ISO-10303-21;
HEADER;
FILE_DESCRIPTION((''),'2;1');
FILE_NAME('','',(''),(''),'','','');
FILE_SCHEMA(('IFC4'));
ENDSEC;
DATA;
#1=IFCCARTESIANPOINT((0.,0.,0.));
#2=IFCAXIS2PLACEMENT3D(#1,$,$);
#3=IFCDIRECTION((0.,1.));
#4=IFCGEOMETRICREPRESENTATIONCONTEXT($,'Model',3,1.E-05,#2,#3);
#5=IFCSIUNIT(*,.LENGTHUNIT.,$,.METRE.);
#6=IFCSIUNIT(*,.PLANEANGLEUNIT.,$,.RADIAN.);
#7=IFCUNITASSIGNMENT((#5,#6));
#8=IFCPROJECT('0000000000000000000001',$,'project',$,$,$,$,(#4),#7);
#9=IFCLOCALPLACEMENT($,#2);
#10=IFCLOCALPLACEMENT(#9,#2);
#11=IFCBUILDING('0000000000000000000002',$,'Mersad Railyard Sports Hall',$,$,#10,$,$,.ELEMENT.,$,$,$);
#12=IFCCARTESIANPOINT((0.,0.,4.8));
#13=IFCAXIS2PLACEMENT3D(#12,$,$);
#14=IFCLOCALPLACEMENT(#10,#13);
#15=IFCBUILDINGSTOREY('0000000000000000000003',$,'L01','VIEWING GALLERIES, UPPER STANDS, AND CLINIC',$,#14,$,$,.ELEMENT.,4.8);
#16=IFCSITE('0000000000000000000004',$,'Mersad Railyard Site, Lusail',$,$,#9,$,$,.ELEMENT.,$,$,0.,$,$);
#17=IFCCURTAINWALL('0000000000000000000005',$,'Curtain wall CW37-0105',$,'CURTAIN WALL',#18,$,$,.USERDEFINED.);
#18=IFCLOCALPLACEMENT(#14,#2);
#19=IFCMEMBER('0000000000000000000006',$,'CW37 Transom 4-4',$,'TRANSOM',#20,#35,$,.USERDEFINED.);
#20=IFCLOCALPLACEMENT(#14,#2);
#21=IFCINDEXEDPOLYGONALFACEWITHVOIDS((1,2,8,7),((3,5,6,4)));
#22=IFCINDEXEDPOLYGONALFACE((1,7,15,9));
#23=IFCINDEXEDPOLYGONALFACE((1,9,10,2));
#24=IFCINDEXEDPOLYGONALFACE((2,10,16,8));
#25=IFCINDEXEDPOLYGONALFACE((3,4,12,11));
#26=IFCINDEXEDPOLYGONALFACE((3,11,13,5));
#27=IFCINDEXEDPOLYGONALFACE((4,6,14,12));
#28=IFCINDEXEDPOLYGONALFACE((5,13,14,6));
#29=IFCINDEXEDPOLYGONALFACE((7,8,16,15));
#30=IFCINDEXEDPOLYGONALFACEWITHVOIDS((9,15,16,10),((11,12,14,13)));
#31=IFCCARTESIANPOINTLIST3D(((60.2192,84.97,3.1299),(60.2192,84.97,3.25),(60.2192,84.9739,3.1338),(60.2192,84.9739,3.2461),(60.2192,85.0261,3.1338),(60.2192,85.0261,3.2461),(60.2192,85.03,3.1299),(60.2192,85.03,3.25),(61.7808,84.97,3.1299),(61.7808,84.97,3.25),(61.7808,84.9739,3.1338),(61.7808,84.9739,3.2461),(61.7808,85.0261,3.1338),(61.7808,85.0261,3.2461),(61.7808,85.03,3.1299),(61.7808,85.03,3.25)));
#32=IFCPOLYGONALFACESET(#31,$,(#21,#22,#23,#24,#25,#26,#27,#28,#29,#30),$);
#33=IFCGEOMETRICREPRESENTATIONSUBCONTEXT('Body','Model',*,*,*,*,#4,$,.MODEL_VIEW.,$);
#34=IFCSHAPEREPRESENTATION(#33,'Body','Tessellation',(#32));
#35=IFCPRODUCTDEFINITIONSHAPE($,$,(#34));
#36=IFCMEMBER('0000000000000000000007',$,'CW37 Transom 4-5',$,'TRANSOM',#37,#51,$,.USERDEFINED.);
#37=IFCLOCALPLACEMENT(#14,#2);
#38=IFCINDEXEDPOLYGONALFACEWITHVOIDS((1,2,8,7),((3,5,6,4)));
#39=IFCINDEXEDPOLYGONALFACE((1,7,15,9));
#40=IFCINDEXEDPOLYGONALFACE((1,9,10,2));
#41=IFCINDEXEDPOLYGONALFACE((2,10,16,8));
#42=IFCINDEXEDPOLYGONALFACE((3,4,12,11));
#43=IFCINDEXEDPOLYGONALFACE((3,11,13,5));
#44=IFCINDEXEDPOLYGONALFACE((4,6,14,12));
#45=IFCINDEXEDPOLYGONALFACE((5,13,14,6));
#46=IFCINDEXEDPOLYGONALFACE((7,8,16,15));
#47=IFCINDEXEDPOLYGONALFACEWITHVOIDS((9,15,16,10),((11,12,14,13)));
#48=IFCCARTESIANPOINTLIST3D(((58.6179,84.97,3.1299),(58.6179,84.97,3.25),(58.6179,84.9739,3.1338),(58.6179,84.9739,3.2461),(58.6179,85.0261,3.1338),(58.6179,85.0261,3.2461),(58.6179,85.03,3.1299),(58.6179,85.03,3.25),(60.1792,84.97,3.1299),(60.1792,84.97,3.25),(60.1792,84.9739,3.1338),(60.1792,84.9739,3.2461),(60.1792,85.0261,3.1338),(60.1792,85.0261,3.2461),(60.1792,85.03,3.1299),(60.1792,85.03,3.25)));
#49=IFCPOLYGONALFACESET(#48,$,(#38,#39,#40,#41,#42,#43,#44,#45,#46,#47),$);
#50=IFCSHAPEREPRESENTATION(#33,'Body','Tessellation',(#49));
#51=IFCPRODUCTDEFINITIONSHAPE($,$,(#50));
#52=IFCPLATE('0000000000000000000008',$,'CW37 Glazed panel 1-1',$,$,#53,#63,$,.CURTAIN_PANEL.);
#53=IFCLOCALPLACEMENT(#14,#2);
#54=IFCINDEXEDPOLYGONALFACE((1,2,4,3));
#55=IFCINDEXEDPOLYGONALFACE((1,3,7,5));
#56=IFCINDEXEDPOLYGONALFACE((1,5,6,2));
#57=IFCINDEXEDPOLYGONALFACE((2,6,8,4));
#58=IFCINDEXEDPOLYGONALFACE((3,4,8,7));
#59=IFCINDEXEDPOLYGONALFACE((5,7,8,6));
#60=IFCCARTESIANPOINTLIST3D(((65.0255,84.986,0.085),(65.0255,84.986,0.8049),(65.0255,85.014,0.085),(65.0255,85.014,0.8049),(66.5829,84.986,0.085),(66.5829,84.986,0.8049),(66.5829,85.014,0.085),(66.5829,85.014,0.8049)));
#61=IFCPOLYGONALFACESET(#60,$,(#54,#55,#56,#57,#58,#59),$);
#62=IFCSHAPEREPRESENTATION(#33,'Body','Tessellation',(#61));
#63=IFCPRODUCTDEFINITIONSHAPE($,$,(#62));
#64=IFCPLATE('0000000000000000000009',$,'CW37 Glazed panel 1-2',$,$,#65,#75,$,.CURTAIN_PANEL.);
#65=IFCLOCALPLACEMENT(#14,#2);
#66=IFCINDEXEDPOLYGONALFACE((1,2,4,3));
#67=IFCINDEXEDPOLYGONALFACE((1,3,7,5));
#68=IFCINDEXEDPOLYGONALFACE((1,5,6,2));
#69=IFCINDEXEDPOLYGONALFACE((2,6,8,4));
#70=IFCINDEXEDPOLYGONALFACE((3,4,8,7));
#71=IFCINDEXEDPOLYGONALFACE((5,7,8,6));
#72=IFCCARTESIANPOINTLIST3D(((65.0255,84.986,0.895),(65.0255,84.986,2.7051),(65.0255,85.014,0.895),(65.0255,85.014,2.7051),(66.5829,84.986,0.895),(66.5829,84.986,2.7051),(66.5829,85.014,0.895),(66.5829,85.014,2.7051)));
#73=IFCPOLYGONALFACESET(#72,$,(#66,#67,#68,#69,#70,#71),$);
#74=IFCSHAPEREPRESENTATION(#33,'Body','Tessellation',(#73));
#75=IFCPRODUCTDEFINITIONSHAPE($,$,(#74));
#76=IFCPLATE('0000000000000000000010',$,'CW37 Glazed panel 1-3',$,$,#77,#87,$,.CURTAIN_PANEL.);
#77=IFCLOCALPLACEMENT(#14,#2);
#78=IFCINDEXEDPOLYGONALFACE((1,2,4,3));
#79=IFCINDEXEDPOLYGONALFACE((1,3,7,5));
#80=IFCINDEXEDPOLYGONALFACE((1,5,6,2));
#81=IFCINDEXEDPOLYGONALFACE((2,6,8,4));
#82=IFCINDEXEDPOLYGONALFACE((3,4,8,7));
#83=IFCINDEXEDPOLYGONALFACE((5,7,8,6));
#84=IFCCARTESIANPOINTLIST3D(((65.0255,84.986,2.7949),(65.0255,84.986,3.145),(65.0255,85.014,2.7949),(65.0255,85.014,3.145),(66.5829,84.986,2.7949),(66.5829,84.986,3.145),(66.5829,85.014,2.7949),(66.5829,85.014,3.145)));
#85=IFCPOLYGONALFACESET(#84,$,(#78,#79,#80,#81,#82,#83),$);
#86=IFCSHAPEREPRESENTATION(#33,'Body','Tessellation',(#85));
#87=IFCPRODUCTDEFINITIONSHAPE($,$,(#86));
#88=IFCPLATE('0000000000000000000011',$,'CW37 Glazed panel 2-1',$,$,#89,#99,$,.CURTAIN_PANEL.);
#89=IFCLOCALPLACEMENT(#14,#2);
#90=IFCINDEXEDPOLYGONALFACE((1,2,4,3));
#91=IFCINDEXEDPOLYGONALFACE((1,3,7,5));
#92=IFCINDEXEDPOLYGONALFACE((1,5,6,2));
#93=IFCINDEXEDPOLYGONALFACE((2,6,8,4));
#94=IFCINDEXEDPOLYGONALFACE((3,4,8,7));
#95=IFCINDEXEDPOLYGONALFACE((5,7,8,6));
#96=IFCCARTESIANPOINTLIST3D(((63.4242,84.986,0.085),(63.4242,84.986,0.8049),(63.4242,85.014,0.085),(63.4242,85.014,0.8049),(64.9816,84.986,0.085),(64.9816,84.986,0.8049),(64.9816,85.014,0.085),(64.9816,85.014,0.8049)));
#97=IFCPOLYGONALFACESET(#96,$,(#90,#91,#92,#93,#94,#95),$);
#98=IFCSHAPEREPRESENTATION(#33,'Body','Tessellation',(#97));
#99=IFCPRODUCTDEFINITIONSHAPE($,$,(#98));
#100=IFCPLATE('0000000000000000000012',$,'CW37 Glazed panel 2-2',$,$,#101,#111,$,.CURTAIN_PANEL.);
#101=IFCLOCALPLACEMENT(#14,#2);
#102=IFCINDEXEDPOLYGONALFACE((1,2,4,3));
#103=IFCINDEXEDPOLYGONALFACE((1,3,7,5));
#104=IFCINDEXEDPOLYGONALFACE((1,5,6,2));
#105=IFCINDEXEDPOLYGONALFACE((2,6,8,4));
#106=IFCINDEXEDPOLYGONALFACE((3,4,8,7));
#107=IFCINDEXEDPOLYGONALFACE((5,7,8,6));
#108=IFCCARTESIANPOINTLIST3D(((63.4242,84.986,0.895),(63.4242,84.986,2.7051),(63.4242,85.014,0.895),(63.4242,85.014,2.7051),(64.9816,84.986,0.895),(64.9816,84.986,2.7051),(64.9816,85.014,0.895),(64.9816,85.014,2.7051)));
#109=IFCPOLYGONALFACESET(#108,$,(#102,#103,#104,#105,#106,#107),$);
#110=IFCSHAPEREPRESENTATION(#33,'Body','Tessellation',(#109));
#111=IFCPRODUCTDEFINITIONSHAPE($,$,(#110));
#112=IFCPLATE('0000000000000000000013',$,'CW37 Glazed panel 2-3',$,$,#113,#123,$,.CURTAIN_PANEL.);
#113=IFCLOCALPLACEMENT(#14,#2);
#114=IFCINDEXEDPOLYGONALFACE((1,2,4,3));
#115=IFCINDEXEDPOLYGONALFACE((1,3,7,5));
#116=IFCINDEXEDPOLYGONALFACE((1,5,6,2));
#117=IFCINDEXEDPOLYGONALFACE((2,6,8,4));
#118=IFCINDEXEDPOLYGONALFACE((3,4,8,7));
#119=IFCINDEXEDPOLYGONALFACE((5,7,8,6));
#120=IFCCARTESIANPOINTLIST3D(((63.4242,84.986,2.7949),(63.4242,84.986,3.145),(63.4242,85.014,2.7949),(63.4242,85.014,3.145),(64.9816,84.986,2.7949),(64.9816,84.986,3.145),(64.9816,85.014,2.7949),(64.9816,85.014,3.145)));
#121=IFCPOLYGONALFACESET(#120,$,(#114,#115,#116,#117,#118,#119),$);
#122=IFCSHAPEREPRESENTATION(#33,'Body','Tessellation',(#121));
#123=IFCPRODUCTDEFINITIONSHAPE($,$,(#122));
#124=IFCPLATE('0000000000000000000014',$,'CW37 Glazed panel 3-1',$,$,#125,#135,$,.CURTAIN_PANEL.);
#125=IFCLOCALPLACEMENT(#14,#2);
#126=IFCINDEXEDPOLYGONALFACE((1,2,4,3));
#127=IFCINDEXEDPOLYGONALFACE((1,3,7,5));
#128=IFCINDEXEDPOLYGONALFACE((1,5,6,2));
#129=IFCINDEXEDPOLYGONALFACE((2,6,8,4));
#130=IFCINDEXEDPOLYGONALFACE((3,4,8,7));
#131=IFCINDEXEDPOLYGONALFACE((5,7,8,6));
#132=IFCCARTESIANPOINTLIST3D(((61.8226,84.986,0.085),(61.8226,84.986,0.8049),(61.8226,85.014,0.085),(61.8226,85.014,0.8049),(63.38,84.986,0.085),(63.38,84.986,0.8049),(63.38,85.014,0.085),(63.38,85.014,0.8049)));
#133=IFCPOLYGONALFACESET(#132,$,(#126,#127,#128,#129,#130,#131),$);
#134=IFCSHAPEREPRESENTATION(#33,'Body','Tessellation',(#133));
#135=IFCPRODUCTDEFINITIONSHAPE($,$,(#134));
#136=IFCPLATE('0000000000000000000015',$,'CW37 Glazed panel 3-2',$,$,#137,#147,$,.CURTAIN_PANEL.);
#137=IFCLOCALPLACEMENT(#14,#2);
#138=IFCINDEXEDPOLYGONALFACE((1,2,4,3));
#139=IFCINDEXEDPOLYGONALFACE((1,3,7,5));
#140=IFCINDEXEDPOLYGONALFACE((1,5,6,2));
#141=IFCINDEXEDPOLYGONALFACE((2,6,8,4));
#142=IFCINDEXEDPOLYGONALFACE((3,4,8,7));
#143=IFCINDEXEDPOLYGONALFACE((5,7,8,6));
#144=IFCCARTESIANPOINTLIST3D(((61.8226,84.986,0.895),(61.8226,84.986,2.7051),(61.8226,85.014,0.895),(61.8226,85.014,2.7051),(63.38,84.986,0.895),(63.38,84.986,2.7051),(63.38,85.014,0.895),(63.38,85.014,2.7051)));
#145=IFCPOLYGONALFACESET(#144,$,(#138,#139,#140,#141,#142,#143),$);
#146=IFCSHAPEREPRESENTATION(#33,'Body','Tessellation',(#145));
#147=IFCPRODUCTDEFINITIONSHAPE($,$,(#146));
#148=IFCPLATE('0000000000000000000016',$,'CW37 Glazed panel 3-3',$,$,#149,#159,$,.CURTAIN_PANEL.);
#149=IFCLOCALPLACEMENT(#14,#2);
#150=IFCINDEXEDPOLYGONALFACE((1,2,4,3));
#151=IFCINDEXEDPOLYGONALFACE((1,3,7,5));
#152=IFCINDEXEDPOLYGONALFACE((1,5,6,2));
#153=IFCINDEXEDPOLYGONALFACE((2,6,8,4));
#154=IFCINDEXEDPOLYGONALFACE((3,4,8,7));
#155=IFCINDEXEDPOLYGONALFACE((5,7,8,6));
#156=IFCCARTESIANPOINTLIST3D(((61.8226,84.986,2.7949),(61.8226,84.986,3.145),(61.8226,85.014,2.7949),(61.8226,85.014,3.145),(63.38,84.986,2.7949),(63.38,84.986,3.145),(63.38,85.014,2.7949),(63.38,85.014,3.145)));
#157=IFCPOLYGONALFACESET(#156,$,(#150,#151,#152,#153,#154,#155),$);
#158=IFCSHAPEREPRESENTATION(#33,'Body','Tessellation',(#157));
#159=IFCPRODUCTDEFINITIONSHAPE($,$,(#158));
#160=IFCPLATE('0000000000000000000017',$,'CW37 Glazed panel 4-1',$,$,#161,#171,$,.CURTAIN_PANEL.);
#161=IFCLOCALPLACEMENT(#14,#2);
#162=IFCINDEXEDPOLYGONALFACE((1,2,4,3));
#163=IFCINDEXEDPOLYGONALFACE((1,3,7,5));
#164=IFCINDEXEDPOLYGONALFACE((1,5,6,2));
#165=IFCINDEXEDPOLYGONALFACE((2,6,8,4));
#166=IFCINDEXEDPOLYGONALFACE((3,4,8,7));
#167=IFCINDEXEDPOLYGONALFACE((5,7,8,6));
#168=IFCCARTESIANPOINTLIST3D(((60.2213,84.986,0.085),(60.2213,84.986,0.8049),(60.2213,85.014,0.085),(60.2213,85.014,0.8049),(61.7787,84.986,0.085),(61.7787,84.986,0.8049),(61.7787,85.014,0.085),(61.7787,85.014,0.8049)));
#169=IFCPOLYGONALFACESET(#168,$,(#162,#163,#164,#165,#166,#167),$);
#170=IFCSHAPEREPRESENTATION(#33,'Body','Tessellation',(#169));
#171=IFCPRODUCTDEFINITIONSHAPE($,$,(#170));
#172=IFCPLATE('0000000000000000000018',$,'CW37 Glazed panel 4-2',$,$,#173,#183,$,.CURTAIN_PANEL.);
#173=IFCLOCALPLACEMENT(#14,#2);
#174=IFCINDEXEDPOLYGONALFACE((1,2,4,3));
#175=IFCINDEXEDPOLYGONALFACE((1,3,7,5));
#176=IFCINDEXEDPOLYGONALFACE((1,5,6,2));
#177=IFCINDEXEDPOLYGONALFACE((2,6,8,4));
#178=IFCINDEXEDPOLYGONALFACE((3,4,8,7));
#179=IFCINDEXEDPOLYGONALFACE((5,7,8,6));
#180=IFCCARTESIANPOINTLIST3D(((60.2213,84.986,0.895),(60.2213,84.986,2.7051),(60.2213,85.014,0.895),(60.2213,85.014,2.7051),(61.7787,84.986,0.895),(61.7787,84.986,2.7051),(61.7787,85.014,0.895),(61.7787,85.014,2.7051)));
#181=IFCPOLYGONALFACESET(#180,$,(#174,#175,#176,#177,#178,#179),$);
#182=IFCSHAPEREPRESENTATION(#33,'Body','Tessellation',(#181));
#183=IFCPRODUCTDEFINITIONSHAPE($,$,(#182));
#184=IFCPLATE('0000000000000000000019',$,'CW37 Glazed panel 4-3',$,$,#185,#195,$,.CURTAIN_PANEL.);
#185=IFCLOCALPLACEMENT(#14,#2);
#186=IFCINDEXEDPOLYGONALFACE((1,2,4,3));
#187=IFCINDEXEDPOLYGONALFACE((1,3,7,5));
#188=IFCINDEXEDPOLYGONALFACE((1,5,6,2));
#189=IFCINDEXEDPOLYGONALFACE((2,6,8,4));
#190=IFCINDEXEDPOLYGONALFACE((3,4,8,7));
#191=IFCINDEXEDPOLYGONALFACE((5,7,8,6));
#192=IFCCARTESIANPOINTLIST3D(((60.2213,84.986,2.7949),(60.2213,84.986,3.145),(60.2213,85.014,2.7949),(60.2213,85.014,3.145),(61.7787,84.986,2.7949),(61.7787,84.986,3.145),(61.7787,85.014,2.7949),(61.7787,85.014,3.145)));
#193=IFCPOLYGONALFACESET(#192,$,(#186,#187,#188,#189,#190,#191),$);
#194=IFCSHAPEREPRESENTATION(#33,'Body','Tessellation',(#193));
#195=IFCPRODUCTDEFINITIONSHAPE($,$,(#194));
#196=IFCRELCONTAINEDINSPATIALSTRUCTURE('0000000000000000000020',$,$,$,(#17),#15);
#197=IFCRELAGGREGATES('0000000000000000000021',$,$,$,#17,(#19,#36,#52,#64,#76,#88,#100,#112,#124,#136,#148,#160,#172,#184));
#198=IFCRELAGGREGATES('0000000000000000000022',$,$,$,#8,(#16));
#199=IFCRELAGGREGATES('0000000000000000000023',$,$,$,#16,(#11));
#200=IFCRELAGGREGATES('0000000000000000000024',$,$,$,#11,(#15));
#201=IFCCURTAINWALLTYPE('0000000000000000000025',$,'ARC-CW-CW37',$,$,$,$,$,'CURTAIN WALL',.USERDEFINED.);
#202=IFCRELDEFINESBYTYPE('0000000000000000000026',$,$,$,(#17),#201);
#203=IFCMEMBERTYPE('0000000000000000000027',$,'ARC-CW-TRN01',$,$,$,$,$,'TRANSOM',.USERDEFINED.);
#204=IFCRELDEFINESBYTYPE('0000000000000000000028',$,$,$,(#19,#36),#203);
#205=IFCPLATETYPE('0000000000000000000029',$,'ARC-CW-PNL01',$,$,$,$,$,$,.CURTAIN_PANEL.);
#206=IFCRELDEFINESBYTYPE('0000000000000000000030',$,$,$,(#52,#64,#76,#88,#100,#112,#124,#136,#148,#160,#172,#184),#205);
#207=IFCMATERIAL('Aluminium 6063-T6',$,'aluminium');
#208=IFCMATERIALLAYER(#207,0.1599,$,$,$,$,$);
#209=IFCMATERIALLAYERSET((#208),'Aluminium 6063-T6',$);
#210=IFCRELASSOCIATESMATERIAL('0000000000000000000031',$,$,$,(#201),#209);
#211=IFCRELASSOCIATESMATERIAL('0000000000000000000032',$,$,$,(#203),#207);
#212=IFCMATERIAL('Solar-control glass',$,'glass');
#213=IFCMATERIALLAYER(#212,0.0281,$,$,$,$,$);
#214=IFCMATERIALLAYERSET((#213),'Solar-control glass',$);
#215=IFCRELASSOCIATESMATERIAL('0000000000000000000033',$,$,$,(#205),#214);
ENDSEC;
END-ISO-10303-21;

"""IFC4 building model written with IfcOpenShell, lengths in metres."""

from ifc_helpers import new_model, si_unit, direction, frame, origin, origin_2d, place, context, subcontext, project, spatial, rectangle, hollow_rectangle, extrude, material, layer, layer_set, material_profile, profile_set, type_object, element, aggregate, save


model = new_model("IFC4")

# Units and contexts
model_context = context("Model", 3, precision=1e-05, world=origin(), true_north=direction((0.0, 1.0)))
body_context = subcontext(model_context, "Body", "Model", "MODEL_VIEW")
ifc_project = project(units=[si_unit("LENGTHUNIT", "METRE"), si_unit("PLANEANGLEUNIT", "RADIAN")], contexts=[model_context])

# Site, building, storey
site_placement = place(None, origin())
site = spatial("IfcSite", under=ifc_project, at=site_placement, Name="Mersad Railyard Site, Lusail", CompositionType="ELEMENT", RefElevation=0.0)
building_placement = place(site_placement, origin())
building = spatial("IfcBuilding", under=site, at=building_placement, Name="Mersad Railyard Sports Hall", CompositionType="ELEMENT")
storey_placement = place(building_placement, frame((0.0, 0.0, 4.8)))
storey = spatial("IfcBuildingStorey", under=building, at=storey_placement, Name="L01", Description="VIEWING GALLERIES, UPPER STANDS, AND CLINIC", CompositionType="ELEMENT", Elevation=4.8)

# Curtain wall, members, plates
ifc_material_1 = material(Name="Aluminium 6063-T6", Category="aluminium")
ifc_layer_1 = layer(ifc_material_1, 0.1599)
ifc_layer_set_1 = layer_set([ifc_layer_1], Name="Aluminium 6063-T6")
curtain_wall_type = type_object("IfcCurtainWallType", Name="ARC-CW-CW37", ElementType="CURTAIN WALL", PredefinedType="USERDEFINED", material=ifc_layer_set_1)
curtain_wall_placement = place(storey_placement, origin())
curtain_wall = element("IfcCurtainWall", 1, at=curtain_wall_placement, inside=storey, type_object=curtain_wall_type, Name="Curtain wall CW37-0105", ObjectType="CURTAIN WALL", PredefinedType="USERDEFINED")
ifc_material_profile_1 = material_profile(ifc_material_1, hollow_rectangle(XDim=0.0601, YDim=0.1201, WallThickness=0.0039, at=origin_2d()), Name="AL TRANSOM 60x120x4")
ifc_profile_set_1 = profile_set([ifc_material_profile_1], Name="Aluminium 6063-T6")
member_type_1 = type_object("IfcMemberType", Name="ARC-CW-TRN01", ElementType="TRANSOM", PredefinedType="USERDEFINED", material=ifc_profile_set_1)
member_1_placement = place(storey_placement, frame((61.7808, 85.0, 3.1899), z_axis=(-1.0, 0.0, 0.0), x_axis=(0.0, -1.0, 0.0)))
member_1 = element("IfcMember", 2, at=member_1_placement, type_object=member_type_1, Name="CW37 Transom 4-4", ObjectType="TRANSOM", PredefinedType="USERDEFINED", context=body_context, shape_type="SweptSolid", body=[
    extrude(hollow_rectangle(XDim=0.0601, YDim=0.1201, WallThickness=0.0039, at=origin_2d()), origin(), (0.0, 0.0, 1.0), 1.5615),
])
member_2_placement = place(storey_placement, frame((60.1792, 85.0, 3.1899), z_axis=(-1.0, 0.0, 0.0), x_axis=(0.0, -1.0, 0.0)))
member_2 = element("IfcMember", 3, at=member_2_placement, type_object=member_type_1, Name="CW37 Transom 4-5", ObjectType="TRANSOM", PredefinedType="USERDEFINED", context=body_context, shape_type="SweptSolid", body=[
    extrude(hollow_rectangle(XDim=0.0601, YDim=0.1201, WallThickness=0.0039, at=origin_2d()), origin(), (0.0, 0.0, 1.0), 1.5613),
])
ifc_material_2 = material(Name="Solar-control glass", Category="glass")
ifc_layer_2 = layer(ifc_material_2, 0.0281)
ifc_layer_set_2 = layer_set([ifc_layer_2], Name="Solar-control glass")
plate_type = type_object("IfcPlateType", Name="ARC-CW-PNL01", PredefinedType="CURTAIN_PANEL", material=ifc_layer_set_2)
plate_1_placement = place(storey_placement, frame((65.8042, 85.0, 0.085), z_axis=(0.0, 0.0, 1.0), x_axis=(-1.0, 0.0, 0.0)))
plate_1 = element("IfcPlate", 4, at=plate_1_placement, type_object=plate_type, Name="CW37 Glazed panel 1-1", PredefinedType="CURTAIN_PANEL", context=body_context, shape_type="SweptSolid", body=[
    extrude(rectangle(XDim=1.5574, YDim=0.0281, at=origin_2d()), origin(), (0.0, 0.0, 1.0), 0.72),
])
plate_2_placement = place(storey_placement, frame((65.8042, 85.0, 0.895), z_axis=(0.0, 0.0, 1.0), x_axis=(-1.0, 0.0, 0.0)))
plate_2 = element("IfcPlate", 5, at=plate_2_placement, type_object=plate_type, Name="CW37 Glazed panel 1-2", PredefinedType="CURTAIN_PANEL", context=body_context, shape_type="SweptSolid", body=[
    extrude(rectangle(XDim=1.5574, YDim=0.0281, at=origin_2d()), origin(), (0.0, 0.0, 1.0), 1.8101),
])
plate_3_placement = place(storey_placement, frame((65.8042, 85.0, 2.7949), z_axis=(0.0, 0.0, 1.0), x_axis=(-1.0, 0.0, 0.0)))
plate_3 = element("IfcPlate", 6, at=plate_3_placement, type_object=plate_type, Name="CW37 Glazed panel 1-3", PredefinedType="CURTAIN_PANEL", context=body_context, shape_type="SweptSolid", body=[
    extrude(rectangle(XDim=1.5574, YDim=0.0281, at=origin_2d()), origin(), (0.0, 0.0, 1.0), 0.3501),
])
plate_4_placement = place(storey_placement, frame((64.2029, 85.0, 0.085), z_axis=(0.0, 0.0, 1.0), x_axis=(-1.0, 0.0, 0.0)))
plate_4 = element("IfcPlate", 7, at=plate_4_placement, type_object=plate_type, Name="CW37 Glazed panel 2-1", PredefinedType="CURTAIN_PANEL", context=body_context, shape_type="SweptSolid", body=[
    extrude(rectangle(XDim=1.5574, YDim=0.0281, at=origin_2d()), origin(), (0.0, 0.0, 1.0), 0.72),
])
plate_5_placement = place(storey_placement, frame((64.2029, 85.0, 0.895), z_axis=(0.0, 0.0, 1.0), x_axis=(-1.0, 0.0, 0.0)))
plate_5 = element("IfcPlate", 8, at=plate_5_placement, type_object=plate_type, Name="CW37 Glazed panel 2-2", PredefinedType="CURTAIN_PANEL", context=body_context, shape_type="SweptSolid", body=[
    extrude(rectangle(XDim=1.5574, YDim=0.0281, at=origin_2d()), origin(), (0.0, 0.0, 1.0), 1.8101),
])
plate_6_placement = place(storey_placement, frame((64.2029, 85.0, 2.7949), z_axis=(0.0, 0.0, 1.0), x_axis=(-1.0, 0.0, 0.0)))
plate_6 = element("IfcPlate", 9, at=plate_6_placement, type_object=plate_type, Name="CW37 Glazed panel 2-3", PredefinedType="CURTAIN_PANEL", context=body_context, shape_type="SweptSolid", body=[
    extrude(rectangle(XDim=1.5574, YDim=0.0281, at=origin_2d()), origin(), (0.0, 0.0, 1.0), 0.3501),
])
plate_7_placement = place(storey_placement, frame((62.6013, 85.0, 0.085), z_axis=(0.0, 0.0, 1.0), x_axis=(-1.0, 0.0, 0.0)))
plate_7 = element("IfcPlate", 10, at=plate_7_placement, type_object=plate_type, Name="CW37 Glazed panel 3-1", PredefinedType="CURTAIN_PANEL", context=body_context, shape_type="SweptSolid", body=[
    extrude(rectangle(XDim=1.5574, YDim=0.0281, at=origin_2d()), origin(), (0.0, 0.0, 1.0), 0.72),
])
plate_8_placement = place(storey_placement, frame((62.6013, 85.0, 0.895), z_axis=(0.0, 0.0, 1.0), x_axis=(-1.0, 0.0, 0.0)))
plate_8 = element("IfcPlate", 11, at=plate_8_placement, type_object=plate_type, Name="CW37 Glazed panel 3-2", PredefinedType="CURTAIN_PANEL", context=body_context, shape_type="SweptSolid", body=[
    extrude(rectangle(XDim=1.5574, YDim=0.0281, at=origin_2d()), origin(), (0.0, 0.0, 1.0), 1.8101),
])
plate_9_placement = place(storey_placement, frame((62.6013, 85.0, 2.7949), z_axis=(0.0, 0.0, 1.0), x_axis=(-1.0, 0.0, 0.0)))
plate_9 = element("IfcPlate", 12, at=plate_9_placement, type_object=plate_type, Name="CW37 Glazed panel 3-3", PredefinedType="CURTAIN_PANEL", context=body_context, shape_type="SweptSolid", body=[
    extrude(rectangle(XDim=1.5574, YDim=0.0281, at=origin_2d()), origin(), (0.0, 0.0, 1.0), 0.3501),
])
plate_10_placement = place(storey_placement, frame((61.0, 85.0, 0.085), z_axis=(0.0, 0.0, 1.0), x_axis=(-1.0, 0.0, 0.0)))
plate_10 = element("IfcPlate", 13, at=plate_10_placement, type_object=plate_type, Name="CW37 Glazed panel 4-1", PredefinedType="CURTAIN_PANEL", context=body_context, shape_type="SweptSolid", body=[
    extrude(rectangle(XDim=1.5574, YDim=0.0281, at=origin_2d()), origin(), (0.0, 0.0, 1.0), 0.72),
])
plate_11_placement = place(storey_placement, frame((61.0, 85.0, 0.895), z_axis=(0.0, 0.0, 1.0), x_axis=(-1.0, 0.0, 0.0)))
plate_11 = element("IfcPlate", 14, at=plate_11_placement, type_object=plate_type, Name="CW37 Glazed panel 4-2", PredefinedType="CURTAIN_PANEL", context=body_context, shape_type="SweptSolid", body=[
    extrude(rectangle(XDim=1.5574, YDim=0.0281, at=origin_2d()), origin(), (0.0, 0.0, 1.0), 1.8101),
])
plate_12_placement = place(storey_placement, frame((61.0, 85.0, 2.7949), z_axis=(0.0, 0.0, 1.0), x_axis=(-1.0, 0.0, 0.0)))
plate_12 = element("IfcPlate", 15, at=plate_12_placement, type_object=plate_type, Name="CW37 Glazed panel 4-3", PredefinedType="CURTAIN_PANEL", context=body_context, shape_type="SweptSolid", body=[
    extrude(rectangle(XDim=1.5574, YDim=0.0281, at=origin_2d()), origin(), (0.0, 0.0, 1.0), 0.3501),
])
aggregate(curtain_wall, [member_1, member_2, plate_1, plate_2, plate_3, plate_4, plate_5, plate_6, plate_7, plate_8, plate_9, plate_10, plate_11, plate_12])

save(model, "model.ifc")
